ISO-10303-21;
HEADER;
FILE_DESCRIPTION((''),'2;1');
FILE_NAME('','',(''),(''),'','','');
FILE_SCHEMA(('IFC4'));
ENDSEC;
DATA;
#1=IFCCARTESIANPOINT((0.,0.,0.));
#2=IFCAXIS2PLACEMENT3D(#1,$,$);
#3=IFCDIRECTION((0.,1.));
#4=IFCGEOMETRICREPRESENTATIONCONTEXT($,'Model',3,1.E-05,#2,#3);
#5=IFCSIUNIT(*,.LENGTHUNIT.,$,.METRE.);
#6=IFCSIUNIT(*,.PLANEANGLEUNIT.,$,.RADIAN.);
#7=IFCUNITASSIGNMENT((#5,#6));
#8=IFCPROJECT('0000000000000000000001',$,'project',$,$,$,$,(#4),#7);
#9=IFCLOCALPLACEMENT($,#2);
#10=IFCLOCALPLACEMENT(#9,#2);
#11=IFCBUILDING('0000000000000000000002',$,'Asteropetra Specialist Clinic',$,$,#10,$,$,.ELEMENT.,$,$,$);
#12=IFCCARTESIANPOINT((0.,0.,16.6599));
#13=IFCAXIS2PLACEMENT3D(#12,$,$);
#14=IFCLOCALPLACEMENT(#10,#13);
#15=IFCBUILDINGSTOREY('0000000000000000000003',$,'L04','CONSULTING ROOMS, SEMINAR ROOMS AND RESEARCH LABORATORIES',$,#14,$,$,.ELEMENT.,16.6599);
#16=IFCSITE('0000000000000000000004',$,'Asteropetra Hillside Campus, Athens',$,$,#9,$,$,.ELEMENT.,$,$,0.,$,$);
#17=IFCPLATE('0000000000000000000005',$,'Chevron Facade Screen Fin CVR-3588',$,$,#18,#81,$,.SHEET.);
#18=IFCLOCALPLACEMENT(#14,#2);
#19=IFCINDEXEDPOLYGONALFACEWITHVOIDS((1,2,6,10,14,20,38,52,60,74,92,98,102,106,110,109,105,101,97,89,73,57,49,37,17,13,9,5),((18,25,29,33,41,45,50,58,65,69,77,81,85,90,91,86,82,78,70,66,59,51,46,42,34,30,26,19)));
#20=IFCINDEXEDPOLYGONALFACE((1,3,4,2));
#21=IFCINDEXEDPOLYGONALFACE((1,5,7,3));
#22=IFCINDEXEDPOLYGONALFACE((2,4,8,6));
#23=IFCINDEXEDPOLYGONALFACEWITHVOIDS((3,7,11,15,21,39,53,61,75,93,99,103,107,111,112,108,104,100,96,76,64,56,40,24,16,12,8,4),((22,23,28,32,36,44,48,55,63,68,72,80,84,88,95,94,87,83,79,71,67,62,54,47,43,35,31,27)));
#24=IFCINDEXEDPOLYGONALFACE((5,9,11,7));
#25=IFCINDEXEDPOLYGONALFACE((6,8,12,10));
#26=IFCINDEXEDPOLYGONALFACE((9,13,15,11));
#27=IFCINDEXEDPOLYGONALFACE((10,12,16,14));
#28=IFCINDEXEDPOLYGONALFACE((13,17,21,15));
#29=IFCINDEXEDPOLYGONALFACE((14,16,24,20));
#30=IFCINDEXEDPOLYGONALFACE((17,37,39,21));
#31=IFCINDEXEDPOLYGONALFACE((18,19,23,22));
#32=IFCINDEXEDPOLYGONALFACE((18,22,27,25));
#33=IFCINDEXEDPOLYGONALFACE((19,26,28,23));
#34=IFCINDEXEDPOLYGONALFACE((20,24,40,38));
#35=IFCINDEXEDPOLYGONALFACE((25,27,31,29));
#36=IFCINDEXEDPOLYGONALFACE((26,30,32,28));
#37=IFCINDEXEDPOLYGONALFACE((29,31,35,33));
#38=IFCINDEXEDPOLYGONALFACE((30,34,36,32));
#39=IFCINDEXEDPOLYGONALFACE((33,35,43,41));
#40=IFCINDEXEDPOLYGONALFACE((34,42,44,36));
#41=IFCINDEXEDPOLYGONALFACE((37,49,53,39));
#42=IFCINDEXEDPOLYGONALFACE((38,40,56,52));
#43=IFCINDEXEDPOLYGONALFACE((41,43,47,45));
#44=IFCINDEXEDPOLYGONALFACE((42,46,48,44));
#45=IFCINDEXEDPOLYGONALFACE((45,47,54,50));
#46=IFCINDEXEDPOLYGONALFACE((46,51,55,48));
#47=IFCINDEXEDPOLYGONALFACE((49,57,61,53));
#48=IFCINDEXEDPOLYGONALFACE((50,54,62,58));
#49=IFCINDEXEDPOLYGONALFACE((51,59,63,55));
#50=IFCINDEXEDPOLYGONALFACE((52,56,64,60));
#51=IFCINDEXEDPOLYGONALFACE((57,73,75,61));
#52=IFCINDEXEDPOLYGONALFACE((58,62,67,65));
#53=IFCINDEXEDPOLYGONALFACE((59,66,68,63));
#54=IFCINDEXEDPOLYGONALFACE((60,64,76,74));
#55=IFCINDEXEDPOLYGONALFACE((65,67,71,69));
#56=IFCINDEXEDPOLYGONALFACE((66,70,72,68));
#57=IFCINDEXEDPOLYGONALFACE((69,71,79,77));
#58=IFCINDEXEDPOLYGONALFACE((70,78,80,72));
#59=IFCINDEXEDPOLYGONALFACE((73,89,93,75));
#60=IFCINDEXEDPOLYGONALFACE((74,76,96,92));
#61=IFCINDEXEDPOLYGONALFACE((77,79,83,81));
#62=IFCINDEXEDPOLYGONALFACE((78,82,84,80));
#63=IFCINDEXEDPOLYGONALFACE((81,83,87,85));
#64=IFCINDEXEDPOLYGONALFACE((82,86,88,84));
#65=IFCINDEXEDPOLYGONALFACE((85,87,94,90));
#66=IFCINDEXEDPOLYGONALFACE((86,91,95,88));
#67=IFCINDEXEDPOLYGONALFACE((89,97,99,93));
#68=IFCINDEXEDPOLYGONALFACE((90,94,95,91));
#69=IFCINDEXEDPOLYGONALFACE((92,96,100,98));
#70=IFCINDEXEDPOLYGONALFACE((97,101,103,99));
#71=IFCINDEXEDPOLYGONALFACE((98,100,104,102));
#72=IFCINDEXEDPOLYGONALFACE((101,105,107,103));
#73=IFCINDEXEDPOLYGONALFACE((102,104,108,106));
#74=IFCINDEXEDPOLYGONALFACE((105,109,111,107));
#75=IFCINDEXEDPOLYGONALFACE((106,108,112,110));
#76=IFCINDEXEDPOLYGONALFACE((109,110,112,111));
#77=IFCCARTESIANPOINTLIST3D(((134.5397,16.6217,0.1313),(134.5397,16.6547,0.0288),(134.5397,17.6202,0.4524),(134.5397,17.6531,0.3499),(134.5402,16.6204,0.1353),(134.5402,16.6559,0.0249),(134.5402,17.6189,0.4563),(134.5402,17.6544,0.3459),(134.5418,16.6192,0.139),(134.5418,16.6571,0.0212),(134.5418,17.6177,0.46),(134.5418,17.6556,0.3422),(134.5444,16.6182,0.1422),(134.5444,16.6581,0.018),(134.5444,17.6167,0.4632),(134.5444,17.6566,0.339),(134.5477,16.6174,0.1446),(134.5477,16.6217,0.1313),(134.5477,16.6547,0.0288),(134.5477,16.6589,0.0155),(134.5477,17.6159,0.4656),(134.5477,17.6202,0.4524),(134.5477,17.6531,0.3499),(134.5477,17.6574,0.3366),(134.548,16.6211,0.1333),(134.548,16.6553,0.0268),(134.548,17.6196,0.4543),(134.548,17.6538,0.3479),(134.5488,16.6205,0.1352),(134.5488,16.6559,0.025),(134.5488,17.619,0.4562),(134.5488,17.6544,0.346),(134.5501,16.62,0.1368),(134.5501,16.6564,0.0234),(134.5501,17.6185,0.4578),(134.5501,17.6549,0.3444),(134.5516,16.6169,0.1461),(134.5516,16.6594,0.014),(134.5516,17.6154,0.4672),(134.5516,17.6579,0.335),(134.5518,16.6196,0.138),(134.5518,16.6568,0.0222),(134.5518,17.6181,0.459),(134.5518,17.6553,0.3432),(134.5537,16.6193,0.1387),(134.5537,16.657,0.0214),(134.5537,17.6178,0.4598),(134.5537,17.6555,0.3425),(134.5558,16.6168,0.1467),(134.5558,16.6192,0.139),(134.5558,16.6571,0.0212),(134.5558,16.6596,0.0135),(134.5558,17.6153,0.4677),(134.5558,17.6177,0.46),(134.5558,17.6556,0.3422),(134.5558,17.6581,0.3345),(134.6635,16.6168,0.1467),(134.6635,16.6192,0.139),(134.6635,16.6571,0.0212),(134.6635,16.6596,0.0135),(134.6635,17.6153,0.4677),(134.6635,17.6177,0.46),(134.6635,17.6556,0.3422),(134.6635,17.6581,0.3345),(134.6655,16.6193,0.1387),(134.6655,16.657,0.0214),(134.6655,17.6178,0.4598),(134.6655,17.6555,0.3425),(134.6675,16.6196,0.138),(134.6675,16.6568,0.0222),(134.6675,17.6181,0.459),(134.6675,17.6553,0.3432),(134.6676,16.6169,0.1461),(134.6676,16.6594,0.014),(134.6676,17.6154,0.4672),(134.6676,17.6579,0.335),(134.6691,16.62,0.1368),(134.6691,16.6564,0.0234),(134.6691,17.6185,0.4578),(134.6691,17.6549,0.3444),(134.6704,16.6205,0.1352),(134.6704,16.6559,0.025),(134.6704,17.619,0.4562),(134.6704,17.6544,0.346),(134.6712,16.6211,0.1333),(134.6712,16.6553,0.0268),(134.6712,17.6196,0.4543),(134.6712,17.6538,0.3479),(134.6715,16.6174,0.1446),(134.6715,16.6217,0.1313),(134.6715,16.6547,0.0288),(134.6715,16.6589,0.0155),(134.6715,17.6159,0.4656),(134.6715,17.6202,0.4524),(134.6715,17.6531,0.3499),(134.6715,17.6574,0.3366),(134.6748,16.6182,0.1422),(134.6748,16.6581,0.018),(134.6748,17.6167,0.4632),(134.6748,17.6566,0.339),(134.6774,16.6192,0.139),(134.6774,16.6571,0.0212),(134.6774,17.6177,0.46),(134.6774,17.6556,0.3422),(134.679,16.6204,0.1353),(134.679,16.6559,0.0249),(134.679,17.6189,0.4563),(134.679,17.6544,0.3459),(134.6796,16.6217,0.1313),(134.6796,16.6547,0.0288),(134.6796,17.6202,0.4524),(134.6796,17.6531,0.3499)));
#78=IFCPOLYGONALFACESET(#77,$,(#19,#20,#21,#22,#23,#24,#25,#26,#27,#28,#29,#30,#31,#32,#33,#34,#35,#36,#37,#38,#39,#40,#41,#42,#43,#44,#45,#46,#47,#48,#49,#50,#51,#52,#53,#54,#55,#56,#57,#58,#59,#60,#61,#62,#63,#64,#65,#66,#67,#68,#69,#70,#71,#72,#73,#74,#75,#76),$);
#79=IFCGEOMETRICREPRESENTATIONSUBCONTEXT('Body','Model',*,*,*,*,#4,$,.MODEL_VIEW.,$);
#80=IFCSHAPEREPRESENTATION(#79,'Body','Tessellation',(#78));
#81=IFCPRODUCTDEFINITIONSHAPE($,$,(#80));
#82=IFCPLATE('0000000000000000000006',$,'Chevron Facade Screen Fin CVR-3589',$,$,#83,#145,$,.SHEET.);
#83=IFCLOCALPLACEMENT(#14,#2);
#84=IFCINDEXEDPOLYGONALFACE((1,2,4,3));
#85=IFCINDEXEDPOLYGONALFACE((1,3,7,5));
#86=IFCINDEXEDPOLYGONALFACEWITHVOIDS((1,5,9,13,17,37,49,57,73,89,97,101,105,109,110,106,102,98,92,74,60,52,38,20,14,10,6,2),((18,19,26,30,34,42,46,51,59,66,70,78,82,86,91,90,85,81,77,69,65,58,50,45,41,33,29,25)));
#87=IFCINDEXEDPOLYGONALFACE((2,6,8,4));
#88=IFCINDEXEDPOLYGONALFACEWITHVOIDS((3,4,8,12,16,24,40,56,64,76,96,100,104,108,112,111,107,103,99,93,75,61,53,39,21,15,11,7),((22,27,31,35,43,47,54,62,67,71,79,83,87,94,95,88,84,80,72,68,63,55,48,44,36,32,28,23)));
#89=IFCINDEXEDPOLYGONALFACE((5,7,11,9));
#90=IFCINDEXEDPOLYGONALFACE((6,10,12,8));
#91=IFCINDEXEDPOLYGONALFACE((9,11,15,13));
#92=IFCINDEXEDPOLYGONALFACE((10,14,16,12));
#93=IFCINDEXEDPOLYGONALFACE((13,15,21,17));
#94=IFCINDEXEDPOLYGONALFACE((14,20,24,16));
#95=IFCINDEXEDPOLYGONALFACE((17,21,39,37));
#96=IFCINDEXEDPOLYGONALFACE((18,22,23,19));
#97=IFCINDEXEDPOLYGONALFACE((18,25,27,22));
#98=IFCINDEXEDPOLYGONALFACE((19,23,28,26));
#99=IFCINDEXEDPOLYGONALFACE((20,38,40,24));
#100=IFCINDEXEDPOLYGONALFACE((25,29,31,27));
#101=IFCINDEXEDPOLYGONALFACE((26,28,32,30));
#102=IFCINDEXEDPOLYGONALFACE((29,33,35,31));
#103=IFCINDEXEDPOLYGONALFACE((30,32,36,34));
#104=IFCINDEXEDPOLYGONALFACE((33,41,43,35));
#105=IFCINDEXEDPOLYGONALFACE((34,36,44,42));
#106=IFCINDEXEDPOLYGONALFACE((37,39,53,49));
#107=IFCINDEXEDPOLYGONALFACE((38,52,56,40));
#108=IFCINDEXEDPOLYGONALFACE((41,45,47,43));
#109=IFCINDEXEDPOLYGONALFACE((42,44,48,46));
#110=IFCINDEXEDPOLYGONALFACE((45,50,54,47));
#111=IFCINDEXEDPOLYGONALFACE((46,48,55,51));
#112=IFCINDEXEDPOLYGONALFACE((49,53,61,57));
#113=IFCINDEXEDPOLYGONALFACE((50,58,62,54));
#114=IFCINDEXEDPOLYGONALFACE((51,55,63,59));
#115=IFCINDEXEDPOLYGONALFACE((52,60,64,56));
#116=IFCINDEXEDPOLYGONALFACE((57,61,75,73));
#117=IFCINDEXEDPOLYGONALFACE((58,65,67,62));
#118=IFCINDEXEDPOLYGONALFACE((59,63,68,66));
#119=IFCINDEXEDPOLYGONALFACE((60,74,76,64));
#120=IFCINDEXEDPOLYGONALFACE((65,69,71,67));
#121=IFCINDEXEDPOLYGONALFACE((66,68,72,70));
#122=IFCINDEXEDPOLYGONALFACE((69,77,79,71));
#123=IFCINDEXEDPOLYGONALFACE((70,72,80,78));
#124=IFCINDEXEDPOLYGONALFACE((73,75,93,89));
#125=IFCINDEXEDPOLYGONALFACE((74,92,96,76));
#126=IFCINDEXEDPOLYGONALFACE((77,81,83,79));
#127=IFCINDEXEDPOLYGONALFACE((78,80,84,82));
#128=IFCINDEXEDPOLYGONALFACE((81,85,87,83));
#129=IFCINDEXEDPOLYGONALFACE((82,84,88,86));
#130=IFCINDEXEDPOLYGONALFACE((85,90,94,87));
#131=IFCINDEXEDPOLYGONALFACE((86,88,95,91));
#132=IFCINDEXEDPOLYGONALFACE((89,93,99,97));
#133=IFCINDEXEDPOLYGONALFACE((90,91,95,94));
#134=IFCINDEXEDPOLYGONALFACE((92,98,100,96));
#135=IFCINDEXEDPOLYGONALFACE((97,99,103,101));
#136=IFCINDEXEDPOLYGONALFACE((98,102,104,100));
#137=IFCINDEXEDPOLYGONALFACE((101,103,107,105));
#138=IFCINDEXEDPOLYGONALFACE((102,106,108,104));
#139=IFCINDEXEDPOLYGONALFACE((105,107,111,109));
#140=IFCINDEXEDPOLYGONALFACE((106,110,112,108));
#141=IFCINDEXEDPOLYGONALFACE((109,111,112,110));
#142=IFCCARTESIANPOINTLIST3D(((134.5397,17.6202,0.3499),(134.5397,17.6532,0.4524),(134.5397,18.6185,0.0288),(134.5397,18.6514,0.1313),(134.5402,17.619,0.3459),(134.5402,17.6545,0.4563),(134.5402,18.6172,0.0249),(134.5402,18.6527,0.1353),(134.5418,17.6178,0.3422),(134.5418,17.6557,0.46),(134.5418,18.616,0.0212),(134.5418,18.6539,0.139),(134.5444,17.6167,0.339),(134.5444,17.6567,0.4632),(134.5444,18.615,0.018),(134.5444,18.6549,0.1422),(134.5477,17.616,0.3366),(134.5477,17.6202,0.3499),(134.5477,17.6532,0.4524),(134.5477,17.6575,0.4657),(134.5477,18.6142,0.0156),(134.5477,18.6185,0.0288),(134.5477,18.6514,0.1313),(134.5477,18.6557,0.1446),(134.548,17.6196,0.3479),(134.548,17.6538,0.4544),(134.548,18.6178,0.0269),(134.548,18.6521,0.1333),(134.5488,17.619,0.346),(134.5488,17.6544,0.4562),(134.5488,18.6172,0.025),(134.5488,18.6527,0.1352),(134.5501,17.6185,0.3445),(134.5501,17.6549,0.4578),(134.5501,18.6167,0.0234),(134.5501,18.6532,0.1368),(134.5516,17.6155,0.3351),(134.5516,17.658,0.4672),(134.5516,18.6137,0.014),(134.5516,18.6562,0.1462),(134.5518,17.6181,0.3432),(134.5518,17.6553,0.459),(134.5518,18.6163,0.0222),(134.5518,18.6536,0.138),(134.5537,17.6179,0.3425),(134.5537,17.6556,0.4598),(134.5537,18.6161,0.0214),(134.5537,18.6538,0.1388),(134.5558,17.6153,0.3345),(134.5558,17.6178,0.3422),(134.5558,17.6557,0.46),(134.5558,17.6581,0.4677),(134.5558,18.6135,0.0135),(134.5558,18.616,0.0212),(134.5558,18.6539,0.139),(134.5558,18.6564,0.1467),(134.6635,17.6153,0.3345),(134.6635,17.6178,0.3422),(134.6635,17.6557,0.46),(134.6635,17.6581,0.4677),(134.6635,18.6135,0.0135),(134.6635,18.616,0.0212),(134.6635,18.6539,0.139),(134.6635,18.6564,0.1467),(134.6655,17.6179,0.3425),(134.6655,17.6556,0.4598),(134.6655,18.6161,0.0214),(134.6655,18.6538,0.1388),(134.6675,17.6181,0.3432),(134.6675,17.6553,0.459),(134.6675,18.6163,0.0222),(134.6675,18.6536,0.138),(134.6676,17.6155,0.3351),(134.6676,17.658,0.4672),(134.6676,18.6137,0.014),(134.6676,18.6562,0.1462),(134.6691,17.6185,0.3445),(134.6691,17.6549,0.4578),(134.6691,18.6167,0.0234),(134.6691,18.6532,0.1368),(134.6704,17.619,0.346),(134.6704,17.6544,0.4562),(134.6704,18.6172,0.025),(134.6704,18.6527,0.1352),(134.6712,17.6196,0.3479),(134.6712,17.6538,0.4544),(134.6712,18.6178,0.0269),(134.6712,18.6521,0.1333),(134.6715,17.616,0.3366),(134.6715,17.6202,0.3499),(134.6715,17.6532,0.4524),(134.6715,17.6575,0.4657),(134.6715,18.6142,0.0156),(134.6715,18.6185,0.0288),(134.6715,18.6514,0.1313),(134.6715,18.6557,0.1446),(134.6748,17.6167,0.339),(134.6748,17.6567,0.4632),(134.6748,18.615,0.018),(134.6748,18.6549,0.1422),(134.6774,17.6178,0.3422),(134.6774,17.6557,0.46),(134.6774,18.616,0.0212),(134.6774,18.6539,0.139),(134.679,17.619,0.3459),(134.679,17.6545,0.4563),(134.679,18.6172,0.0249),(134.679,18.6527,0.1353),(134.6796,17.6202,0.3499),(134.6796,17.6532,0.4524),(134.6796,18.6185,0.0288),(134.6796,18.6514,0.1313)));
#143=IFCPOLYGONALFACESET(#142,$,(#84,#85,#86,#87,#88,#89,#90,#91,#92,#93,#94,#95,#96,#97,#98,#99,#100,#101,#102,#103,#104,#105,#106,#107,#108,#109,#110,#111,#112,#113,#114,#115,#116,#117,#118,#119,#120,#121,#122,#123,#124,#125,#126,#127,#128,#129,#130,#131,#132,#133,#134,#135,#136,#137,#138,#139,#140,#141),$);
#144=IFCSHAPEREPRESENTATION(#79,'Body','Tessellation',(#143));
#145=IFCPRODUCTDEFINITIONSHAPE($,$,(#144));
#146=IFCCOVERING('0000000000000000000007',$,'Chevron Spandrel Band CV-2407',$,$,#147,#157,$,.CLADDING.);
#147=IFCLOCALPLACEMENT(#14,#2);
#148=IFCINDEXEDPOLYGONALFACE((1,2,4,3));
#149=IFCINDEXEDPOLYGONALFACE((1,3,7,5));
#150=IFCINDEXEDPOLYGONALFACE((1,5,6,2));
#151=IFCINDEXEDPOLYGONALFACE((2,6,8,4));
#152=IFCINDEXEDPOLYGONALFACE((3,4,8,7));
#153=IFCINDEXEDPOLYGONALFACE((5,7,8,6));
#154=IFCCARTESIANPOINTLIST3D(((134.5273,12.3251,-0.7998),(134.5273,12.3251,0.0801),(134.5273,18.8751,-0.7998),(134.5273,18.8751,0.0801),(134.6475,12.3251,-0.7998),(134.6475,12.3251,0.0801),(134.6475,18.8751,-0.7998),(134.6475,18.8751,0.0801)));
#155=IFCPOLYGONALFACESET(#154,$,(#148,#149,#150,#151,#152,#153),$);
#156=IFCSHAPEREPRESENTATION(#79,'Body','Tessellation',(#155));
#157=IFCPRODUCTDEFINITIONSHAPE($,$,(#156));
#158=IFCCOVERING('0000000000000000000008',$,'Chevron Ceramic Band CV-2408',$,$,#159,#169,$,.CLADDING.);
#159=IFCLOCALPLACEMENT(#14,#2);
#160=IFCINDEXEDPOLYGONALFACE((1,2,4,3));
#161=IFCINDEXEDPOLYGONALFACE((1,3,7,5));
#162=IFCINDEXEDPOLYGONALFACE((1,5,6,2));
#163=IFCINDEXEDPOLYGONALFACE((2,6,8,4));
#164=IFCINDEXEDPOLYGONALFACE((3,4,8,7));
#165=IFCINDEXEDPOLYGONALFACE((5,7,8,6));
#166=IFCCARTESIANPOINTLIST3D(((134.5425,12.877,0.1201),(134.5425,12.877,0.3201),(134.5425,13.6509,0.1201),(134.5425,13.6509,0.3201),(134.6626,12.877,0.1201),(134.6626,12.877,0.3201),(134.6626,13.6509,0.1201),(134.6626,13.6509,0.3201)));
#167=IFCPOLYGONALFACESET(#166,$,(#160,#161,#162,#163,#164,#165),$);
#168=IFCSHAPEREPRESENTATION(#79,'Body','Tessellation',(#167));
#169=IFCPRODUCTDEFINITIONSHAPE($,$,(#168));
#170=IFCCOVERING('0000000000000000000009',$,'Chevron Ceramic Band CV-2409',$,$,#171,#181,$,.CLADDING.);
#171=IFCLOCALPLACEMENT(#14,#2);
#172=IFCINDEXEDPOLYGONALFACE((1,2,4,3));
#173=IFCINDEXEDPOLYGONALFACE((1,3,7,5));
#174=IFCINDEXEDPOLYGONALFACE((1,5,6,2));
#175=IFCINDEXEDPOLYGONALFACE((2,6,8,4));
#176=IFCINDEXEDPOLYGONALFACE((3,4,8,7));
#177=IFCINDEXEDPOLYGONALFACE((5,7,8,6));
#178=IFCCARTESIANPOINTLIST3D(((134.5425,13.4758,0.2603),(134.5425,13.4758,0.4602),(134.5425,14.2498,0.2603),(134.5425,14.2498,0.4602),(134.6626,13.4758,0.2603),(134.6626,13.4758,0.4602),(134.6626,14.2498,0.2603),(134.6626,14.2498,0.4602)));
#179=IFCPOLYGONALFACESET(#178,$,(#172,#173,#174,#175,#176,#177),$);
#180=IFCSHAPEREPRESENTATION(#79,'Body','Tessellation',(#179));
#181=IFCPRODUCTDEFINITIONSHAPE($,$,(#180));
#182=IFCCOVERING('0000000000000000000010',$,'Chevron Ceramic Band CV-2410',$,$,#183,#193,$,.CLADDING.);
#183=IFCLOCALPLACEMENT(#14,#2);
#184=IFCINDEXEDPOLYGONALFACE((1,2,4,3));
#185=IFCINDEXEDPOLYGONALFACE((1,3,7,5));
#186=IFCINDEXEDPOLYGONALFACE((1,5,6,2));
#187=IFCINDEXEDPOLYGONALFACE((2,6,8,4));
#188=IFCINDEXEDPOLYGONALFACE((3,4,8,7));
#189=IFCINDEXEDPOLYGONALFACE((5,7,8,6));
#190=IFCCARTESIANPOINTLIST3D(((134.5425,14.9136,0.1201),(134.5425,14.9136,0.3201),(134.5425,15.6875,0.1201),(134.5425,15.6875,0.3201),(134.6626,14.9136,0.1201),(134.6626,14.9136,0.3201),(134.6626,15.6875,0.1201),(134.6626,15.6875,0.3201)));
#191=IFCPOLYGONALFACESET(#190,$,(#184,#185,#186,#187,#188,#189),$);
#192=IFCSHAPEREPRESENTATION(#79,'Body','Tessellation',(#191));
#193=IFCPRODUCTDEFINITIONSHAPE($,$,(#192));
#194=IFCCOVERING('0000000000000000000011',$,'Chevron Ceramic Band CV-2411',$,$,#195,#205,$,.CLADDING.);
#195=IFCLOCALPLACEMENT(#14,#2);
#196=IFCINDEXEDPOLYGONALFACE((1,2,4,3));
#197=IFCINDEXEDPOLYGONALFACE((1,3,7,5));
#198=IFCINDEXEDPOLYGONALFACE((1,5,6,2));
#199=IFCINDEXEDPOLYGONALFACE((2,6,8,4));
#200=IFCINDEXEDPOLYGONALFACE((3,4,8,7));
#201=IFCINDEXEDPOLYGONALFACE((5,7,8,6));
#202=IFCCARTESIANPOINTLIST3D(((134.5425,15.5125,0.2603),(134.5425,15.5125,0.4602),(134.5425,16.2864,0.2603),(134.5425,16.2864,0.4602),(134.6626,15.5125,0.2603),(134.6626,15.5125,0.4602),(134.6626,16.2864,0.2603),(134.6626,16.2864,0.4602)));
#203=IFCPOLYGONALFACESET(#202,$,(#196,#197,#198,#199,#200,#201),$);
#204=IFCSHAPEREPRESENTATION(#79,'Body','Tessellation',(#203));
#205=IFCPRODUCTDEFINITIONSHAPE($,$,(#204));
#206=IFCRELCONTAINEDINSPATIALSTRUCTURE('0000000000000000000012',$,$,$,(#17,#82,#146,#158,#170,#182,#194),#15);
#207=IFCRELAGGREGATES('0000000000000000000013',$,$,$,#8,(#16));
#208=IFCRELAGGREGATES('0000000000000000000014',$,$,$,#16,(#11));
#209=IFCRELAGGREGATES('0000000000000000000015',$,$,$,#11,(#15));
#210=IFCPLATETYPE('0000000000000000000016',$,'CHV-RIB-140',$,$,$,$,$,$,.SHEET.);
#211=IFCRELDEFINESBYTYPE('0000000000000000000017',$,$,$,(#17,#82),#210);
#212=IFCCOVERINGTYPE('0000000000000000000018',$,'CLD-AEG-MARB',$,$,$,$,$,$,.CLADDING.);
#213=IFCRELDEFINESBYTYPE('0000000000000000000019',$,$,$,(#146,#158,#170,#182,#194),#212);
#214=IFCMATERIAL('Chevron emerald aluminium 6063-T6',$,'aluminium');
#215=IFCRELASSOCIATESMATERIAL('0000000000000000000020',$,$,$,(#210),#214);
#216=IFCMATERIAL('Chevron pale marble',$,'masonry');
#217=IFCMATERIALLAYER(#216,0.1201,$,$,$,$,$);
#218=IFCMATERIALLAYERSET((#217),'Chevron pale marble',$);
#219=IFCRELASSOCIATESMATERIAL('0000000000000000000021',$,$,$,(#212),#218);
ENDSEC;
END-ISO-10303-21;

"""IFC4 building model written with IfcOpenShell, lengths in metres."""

from ifc_helpers import new_model, si_unit, direction, frame, origin, origin_2d, place, context, subcontext, project, spatial, rectangle, hollow_rectangle, extrude, material, layer, layer_set, material_profile, profile_set, type_object, element, save


model = new_model("IFC4")

# Units and contexts
model_context = context("Model", 3, precision=1e-05, world=origin(), true_north=direction((0.0, 1.0)))
body_context = subcontext(model_context, "Body", "Model", "MODEL_VIEW")
ifc_project = project(units=[si_unit("LENGTHUNIT", "METRE"), si_unit("PLANEANGLEUNIT", "RADIAN")], contexts=[model_context])

# Site, building, storey
site_placement = place(None, origin())
site = spatial("IfcSite", under=ifc_project, at=site_placement, Name="Asteropetra Hillside Campus, Athens", CompositionType="ELEMENT", RefElevation=0.0)
building_placement = place(site_placement, origin())
building = spatial("IfcBuilding", under=site, at=building_placement, Name="Asteropetra Specialist Clinic", CompositionType="ELEMENT")
storey_placement = place(building_placement, frame((0.0, 0.0, 16.6599)))
storey = spatial("IfcBuildingStorey", under=building, at=storey_placement, Name="L04", Description="CONSULTING ROOMS, SEMINAR ROOMS AND RESEARCH LABORATORIES", CompositionType="ELEMENT", Elevation=16.6599)

# Plates
ifc_material_1 = material(Name="Chevron emerald aluminium 6063-T6", Category="aluminium")
ifc_material_profile_1 = material_profile(ifc_material_1, hollow_rectangle(XDim=0.1399, YDim=0.1399, WallThickness=0.0081, InnerFilletRadius=0.0081, OuterFilletRadius=0.0161, at=origin_2d()), Name="SHS 140x140x8.0")
ifc_profile_set_1 = profile_set([ifc_material_profile_1], Name="Chevron emerald aluminium 6063-T6")
plate_type = type_object("IfcPlateType", Name="CHV-RIB-140", PredefinedType="SHEET", material=ifc_profile_set_1)
for number, where, z_axis, x_axis, name in (
    (1, (134.6096, 16.6382, 0.0801), (0.0, 0.952004, 0.306085), (-1.0, 0.0, 0.0), "Chevron Facade Screen Fin CVR-3588"),
):
    element("IfcPlate", number, at=place(storey_placement, frame(where, z_axis=z_axis, x_axis=x_axis)), inside=storey, type_object=plate_type, Name=name, PredefinedType="SHEET", context=body_context, shape_type="SweptSolid", body=[
        extrude(hollow_rectangle(XDim=0.1399, YDim=0.1399, WallThickness=0.0081, InnerFilletRadius=0.0081, OuterFilletRadius=0.0161, at=origin_2d()), origin(), (0.0, 0.0, 1.0), 1.0488),
    ])
plate_1_placement = place(storey_placement, frame((134.6096, 17.6367, 0.4011), z_axis=(0.0, 0.951983, -0.306152), x_axis=(-1.0, 0.0, 0.0)))
element("IfcPlate", 2, at=plate_1_placement, inside=storey, type_object=plate_type, Name="Chevron Facade Screen Fin CVR-3589", PredefinedType="SHEET", context=body_context, shape_type="SweptSolid", body=[
    extrude(hollow_rectangle(XDim=0.1399, YDim=0.1399, WallThickness=0.0081, InnerFilletRadius=0.0081, OuterFilletRadius=0.0161, at=origin_2d()), origin(), (0.0, 0.0, 1.0), 1.0486),
])

# Coverings
ifc_material_2 = material(Name="Chevron pale marble", Category="masonry")
ifc_layer_1 = layer(ifc_material_2, 0.1201)
ifc_layer_set_1 = layer_set([ifc_layer_1], Name="Chevron pale marble")
covering_type_1 = type_object("IfcCoveringType", Name="CLD-AEG-MARB", PredefinedType="CLADDING", material=ifc_layer_set_1)
covering_1_placement = place(storey_placement, frame((134.5874, 15.6001, -0.7998), z_axis=(0.0, 0.0, 1.0), x_axis=(1.0, 0.0, 0.0)))
element("IfcCovering", 3, at=covering_1_placement, inside=storey, type_object=covering_type_1, Name="Chevron Spandrel Band CV-2407", PredefinedType="CLADDING", context=body_context, shape_type="SweptSolid", body=[
    extrude(rectangle(XDim=0.1201, YDim=6.55, at=origin_2d()), origin(), (0.0, 0.0, 1.0), 0.8799),
])
for number, where, z_axis, x_axis, name in (
    (4, (134.6025, 13.2639, 0.1201), (0.0, 0.0, 1.0), (1.0, 0.0, 0.0), "Chevron Ceramic Band CV-2408"),
    (5, (134.6025, 13.8628, 0.2603), (0.0, 0.0, 1.0), (1.0, 0.0, 0.0), "Chevron Ceramic Band CV-2409"),
    (6, (134.6025, 15.3005, 0.1201), (0.0, 0.0, 1.0), (1.0, 0.0, 0.0), "Chevron Ceramic Band CV-2410"),
    (7, (134.6025, 15.8994, 0.2603), (0.0, 0.0, 1.0), (1.0, 0.0, 0.0), "Chevron Ceramic Band CV-2411"),
):
    element("IfcCovering", number, at=place(storey_placement, frame(where, z_axis=z_axis, x_axis=x_axis)), inside=storey, type_object=covering_type_1, Name=name, PredefinedType="CLADDING", context=body_context, shape_type="SweptSolid", body=[
        extrude(rectangle(XDim=0.1201, YDim=0.7739, at=origin_2d()), origin(), (0.0, 0.0, 1.0), 0.2),
    ])

save(model, "model.ifc")
